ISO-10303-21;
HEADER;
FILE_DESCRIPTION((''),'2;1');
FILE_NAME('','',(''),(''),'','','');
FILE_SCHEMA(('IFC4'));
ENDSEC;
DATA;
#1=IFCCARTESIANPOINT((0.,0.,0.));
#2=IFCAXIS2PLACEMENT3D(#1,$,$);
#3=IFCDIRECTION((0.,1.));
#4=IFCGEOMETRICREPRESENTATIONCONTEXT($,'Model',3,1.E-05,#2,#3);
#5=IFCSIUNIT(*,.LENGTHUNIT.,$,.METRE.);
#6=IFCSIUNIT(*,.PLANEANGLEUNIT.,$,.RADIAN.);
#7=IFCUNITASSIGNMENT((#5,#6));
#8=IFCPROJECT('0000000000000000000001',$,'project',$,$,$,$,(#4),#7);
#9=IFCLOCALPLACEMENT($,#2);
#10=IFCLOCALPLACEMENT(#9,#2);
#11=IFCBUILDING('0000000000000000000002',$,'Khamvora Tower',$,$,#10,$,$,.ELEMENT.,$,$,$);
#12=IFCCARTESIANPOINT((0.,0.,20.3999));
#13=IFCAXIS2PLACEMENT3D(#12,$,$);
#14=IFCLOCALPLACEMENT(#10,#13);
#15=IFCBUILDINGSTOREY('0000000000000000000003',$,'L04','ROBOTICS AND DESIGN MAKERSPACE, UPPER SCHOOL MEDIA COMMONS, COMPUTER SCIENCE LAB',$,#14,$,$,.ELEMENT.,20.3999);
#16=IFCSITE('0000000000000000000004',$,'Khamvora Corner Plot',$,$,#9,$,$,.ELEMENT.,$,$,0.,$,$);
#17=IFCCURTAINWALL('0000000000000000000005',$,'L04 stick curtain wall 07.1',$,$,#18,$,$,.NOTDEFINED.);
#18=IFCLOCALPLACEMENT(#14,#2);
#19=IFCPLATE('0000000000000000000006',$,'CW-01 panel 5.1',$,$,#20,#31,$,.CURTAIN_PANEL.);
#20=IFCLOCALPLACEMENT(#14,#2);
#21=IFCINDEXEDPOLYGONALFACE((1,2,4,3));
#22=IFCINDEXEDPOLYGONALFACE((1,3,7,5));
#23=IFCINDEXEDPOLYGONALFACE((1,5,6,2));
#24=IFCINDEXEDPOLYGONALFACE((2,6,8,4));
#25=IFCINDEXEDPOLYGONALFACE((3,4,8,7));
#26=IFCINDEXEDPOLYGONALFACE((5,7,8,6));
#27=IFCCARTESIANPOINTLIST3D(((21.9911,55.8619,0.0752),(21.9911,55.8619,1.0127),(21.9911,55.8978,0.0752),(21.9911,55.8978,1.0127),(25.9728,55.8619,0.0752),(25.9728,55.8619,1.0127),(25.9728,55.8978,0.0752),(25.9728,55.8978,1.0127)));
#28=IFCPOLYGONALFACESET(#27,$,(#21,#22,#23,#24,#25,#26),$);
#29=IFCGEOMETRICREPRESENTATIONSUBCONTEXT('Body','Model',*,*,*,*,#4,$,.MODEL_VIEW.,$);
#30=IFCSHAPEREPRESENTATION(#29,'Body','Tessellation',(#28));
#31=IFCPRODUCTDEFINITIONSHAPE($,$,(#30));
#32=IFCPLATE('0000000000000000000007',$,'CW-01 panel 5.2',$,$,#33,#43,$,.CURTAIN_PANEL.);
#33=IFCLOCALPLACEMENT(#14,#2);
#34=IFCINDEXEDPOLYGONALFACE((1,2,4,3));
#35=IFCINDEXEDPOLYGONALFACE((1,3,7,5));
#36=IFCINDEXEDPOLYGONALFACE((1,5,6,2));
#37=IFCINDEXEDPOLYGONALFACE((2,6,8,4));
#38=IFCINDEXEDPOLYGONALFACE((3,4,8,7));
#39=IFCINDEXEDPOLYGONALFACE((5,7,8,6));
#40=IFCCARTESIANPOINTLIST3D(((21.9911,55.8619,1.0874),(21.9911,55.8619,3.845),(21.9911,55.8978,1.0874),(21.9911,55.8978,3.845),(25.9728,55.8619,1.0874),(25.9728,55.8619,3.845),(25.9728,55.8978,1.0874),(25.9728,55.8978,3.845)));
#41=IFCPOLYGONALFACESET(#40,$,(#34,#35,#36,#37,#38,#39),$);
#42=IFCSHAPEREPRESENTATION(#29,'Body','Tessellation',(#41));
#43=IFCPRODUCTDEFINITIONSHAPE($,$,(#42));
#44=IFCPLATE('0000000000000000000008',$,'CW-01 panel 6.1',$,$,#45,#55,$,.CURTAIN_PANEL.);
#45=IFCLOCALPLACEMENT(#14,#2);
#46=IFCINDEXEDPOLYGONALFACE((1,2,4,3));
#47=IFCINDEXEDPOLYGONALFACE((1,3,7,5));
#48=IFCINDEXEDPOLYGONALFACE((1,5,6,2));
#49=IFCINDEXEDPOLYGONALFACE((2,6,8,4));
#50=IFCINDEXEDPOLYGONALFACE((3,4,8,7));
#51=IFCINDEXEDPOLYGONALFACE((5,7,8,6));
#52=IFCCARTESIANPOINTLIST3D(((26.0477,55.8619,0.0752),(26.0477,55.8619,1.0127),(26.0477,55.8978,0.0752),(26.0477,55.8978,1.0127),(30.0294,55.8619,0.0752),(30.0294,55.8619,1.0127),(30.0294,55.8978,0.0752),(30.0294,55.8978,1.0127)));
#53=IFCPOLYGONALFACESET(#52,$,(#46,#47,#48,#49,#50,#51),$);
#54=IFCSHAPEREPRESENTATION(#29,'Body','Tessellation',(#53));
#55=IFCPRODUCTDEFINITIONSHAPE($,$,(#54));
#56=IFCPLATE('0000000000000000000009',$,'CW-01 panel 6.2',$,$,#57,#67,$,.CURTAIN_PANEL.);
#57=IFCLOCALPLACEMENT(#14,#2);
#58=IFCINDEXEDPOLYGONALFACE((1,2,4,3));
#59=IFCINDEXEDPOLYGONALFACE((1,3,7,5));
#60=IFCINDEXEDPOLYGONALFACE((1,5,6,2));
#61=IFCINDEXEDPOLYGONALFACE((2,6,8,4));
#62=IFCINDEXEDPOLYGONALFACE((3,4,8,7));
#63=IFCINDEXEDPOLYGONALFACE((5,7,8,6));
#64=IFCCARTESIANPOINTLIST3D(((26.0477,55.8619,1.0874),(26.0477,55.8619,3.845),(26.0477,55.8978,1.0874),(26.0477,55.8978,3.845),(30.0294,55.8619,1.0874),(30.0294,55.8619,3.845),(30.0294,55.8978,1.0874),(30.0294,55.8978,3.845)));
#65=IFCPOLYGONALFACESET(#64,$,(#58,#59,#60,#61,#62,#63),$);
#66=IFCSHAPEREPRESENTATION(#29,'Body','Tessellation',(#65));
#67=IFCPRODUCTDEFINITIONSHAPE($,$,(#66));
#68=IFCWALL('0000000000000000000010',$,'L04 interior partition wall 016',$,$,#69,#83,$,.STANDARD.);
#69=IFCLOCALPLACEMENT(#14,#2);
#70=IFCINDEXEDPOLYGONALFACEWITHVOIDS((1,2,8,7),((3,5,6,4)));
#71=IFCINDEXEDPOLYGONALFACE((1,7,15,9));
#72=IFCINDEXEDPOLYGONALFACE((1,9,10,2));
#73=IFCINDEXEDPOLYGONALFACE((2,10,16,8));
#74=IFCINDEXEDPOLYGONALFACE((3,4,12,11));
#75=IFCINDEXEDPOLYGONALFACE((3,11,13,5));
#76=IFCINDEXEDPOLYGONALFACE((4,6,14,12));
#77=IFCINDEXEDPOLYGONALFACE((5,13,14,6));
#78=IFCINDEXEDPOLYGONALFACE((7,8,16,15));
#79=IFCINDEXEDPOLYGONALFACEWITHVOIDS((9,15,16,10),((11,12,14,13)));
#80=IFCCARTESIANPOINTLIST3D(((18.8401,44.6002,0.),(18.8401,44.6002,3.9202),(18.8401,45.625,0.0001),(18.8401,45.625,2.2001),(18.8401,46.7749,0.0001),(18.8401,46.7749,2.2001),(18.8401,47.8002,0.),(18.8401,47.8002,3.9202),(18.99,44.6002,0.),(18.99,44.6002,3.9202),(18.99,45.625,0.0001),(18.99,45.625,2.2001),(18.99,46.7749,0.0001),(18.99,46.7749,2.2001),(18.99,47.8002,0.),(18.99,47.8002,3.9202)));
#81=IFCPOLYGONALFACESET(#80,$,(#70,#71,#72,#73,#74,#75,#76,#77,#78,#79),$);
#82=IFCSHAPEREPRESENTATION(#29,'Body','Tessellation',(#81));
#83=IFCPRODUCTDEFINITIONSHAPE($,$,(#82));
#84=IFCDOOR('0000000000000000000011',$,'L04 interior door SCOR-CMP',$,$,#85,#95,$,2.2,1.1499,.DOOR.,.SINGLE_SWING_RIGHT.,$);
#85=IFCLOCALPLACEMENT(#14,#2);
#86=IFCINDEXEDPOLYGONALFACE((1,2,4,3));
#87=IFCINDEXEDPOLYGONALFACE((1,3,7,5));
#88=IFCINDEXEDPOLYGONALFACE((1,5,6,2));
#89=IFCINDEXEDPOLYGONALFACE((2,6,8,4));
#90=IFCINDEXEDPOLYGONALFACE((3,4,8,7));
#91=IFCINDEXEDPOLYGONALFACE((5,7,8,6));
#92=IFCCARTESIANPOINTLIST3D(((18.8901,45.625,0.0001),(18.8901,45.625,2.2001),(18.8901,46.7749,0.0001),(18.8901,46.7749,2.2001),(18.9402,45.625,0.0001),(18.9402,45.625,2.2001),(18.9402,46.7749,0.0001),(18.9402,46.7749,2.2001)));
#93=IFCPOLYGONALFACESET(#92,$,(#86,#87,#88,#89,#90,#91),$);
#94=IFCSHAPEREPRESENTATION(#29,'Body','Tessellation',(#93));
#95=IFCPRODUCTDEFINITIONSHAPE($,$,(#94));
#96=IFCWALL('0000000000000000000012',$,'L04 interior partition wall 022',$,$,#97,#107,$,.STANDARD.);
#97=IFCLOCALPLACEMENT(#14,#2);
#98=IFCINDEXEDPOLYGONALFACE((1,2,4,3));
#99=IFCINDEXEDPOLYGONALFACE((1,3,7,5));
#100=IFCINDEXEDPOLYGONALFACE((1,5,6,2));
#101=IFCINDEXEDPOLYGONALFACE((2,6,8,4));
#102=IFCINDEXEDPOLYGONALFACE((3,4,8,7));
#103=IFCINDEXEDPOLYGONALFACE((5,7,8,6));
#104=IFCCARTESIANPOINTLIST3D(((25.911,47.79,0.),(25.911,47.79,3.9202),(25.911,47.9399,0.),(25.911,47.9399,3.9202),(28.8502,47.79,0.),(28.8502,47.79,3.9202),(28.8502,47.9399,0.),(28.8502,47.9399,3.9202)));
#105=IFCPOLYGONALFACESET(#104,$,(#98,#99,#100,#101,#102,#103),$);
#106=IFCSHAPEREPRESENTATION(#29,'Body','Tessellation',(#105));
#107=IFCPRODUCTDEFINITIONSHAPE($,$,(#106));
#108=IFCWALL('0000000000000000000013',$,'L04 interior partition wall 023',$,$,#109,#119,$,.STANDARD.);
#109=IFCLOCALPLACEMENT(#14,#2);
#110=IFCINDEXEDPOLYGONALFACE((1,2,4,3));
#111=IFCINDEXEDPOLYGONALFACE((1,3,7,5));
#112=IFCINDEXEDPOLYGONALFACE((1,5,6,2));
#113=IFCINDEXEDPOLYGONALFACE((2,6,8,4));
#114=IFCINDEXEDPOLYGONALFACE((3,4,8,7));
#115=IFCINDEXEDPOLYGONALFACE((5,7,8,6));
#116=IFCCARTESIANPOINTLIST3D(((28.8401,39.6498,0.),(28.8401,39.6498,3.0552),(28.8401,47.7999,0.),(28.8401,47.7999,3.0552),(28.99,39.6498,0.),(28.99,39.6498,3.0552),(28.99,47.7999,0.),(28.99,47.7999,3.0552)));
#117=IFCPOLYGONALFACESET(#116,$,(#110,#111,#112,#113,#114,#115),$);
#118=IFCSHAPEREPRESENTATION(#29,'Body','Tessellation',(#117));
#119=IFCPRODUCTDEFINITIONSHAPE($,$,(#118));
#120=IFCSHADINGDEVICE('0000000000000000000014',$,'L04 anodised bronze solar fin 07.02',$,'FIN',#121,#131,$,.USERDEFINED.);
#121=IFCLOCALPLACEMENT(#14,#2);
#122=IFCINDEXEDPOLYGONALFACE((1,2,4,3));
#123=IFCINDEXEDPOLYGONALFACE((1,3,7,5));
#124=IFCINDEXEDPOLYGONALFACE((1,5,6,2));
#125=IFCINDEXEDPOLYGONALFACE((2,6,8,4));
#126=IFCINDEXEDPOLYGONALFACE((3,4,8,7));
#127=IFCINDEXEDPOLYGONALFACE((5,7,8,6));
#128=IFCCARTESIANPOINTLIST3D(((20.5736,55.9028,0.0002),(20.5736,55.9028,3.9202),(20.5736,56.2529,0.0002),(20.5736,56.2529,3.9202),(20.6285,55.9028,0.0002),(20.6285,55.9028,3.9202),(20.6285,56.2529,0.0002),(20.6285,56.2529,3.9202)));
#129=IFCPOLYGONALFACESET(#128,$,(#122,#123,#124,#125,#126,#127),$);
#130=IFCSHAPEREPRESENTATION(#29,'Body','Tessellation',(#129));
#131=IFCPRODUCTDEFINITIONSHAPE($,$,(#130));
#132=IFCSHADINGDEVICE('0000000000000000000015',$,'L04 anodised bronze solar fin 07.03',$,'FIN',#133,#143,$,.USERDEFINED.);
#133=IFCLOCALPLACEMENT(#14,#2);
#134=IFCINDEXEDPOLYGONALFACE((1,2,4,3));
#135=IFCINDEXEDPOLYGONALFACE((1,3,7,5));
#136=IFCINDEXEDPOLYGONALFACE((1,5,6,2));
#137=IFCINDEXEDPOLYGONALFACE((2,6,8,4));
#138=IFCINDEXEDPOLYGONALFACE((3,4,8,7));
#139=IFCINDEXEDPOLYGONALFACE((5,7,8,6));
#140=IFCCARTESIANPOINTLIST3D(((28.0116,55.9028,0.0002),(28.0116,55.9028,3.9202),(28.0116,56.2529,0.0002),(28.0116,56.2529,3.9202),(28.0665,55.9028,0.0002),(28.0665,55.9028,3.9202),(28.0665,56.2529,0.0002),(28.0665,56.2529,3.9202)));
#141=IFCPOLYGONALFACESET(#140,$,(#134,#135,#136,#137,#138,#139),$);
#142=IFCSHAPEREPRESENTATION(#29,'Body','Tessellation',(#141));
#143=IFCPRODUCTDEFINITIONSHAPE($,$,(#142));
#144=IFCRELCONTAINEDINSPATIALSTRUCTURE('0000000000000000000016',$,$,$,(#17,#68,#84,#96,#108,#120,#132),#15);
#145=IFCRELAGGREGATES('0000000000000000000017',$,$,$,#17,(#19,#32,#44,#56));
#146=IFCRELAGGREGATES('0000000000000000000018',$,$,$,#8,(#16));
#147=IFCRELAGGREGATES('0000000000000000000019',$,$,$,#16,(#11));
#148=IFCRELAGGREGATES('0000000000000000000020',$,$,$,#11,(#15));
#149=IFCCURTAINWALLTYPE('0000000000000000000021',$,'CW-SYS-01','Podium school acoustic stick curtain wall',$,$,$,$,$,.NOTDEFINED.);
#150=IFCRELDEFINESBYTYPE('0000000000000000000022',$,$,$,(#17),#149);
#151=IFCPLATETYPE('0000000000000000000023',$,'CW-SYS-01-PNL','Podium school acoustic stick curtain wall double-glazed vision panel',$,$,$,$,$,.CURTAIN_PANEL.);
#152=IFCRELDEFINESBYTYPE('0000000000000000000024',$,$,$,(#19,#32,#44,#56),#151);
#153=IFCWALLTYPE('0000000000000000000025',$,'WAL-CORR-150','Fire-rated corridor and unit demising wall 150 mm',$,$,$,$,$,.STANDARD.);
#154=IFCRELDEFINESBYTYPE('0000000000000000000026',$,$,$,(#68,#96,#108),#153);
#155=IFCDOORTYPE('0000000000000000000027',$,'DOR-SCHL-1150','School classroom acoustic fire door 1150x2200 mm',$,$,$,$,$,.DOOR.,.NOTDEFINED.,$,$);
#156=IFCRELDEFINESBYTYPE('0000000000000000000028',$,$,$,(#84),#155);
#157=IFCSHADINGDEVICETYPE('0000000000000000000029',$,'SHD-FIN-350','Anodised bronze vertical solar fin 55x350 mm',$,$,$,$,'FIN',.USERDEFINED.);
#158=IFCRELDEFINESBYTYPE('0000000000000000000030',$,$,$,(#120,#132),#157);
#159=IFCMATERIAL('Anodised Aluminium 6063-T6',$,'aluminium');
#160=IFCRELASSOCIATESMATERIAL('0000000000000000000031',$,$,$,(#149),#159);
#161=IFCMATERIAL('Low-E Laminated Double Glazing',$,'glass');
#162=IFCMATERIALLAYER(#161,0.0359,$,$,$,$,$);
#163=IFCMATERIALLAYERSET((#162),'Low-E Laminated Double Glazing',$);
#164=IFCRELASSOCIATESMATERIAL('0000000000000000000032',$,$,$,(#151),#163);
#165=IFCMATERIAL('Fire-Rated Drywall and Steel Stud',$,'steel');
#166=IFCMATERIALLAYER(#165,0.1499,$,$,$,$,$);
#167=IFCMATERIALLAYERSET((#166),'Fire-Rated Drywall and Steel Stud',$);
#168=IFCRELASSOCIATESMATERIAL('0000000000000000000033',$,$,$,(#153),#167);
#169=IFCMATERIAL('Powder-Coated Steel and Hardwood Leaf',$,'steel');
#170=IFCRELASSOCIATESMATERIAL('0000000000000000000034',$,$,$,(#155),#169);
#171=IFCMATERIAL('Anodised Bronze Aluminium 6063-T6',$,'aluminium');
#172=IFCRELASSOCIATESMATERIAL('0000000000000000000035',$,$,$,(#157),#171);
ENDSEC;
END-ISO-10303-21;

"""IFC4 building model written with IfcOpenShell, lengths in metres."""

from ifc_helpers import new_model, si_unit, direction, frame, frame_2d, origin, origin_2d, place, context, subcontext, project, spatial, rectangle, extrude, material, layer, layer_set, type_object, element, fill, aggregate, save


model = new_model("IFC4")

# Units and contexts
model_context = context("Model", 3, precision=1e-05, world=origin(), true_north=direction((0.0, 1.0)))
body_context = subcontext(model_context, "Body", "Model", "MODEL_VIEW")
ifc_project = project(units=[si_unit("LENGTHUNIT", "METRE"), si_unit("PLANEANGLEUNIT", "RADIAN")], contexts=[model_context])

# Site, building, storey
site_placement = place(None, origin())
site = spatial("IfcSite", under=ifc_project, at=site_placement, Name="Khamvora Corner Plot", CompositionType="ELEMENT", RefElevation=0.0)
building_placement = place(site_placement, origin())
building = spatial("IfcBuilding", under=site, at=building_placement, Name="Khamvora Tower", CompositionType="ELEMENT")
storey_placement = place(building_placement, frame((0.0, 0.0, 20.3999)))
storey = spatial("IfcBuildingStorey", under=building, at=storey_placement, Name="L04", Description="ROBOTICS AND DESIGN MAKERSPACE, UPPER SCHOOL MEDIA COMMONS, COMPUTER SCIENCE LAB", CompositionType="ELEMENT", Elevation=20.3999)

# Curtain wall, plates
ifc_material_1 = material(Name="Anodised Aluminium 6063-T6", Category="aluminium")
curtain_wall_type = type_object("IfcCurtainWallType", Name="CW-SYS-01", Description="Podium school acoustic stick curtain wall", PredefinedType="NOTDEFINED", material=ifc_material_1)
curtain_wall_placement = place(storey_placement, origin())
curtain_wall = element("IfcCurtainWall", 1, at=curtain_wall_placement, inside=storey, type_object=curtain_wall_type, Name="L04 stick curtain wall 07.1", PredefinedType="NOTDEFINED")
ifc_material_2 = material(Name="Low-E Laminated Double Glazing", Category="glass")
ifc_layer_1 = layer(ifc_material_2, 0.0359)
ifc_layer_set_1 = layer_set([ifc_layer_1], Name="Low-E Laminated Double Glazing")
plate_type = type_object("IfcPlateType", Name="CW-SYS-01-PNL", Description="Podium school acoustic stick curtain wall double-glazed vision panel", PredefinedType="CURTAIN_PANEL", material=ifc_layer_set_1)
plate_1_placement = place(storey_placement, frame((23.9819, 55.8799, 0.0752), z_axis=(0.0, 0.0, 1.0), x_axis=(1.0, 0.0, 0.0)))
plate_1 = element("IfcPlate", 2, at=plate_1_placement, type_object=plate_type, Name="CW-01 panel 5.1", PredefinedType="CURTAIN_PANEL", context=body_context, shape_type="SweptSolid", body=[
    extrude(rectangle(XDim=3.9817, YDim=0.0359, at=origin_2d()), origin(), (0.0, 0.0, 1.0), 0.9375),
])
plate_2_placement = place(storey_placement, frame((23.9819, 55.8799, 1.0874), z_axis=(0.0, 0.0, 1.0), x_axis=(1.0, 0.0, 0.0)))
plate_2 = element("IfcPlate", 3, at=plate_2_placement, type_object=plate_type, Name="CW-01 panel 5.2", PredefinedType="CURTAIN_PANEL", context=body_context, shape_type="SweptSolid", body=[
    extrude(rectangle(XDim=3.9817, YDim=0.0359, at=origin_2d()), origin(), (0.0, 0.0, 1.0), 2.7576),
])
plate_3_placement = place(storey_placement, frame((28.0386, 55.8799, 0.0752), z_axis=(0.0, 0.0, 1.0), x_axis=(1.0, 0.0, 0.0)))
plate_3 = element("IfcPlate", 4, at=plate_3_placement, type_object=plate_type, Name="CW-01 panel 6.1", PredefinedType="CURTAIN_PANEL", context=body_context, shape_type="SweptSolid", body=[
    extrude(rectangle(XDim=3.9817, YDim=0.0359, at=origin_2d()), origin(), (0.0, 0.0, 1.0), 0.9375),
])
plate_4_placement = place(storey_placement, frame((28.0386, 55.8799, 1.0874), z_axis=(0.0, 0.0, 1.0), x_axis=(1.0, 0.0, 0.0)))
plate_4 = element("IfcPlate", 5, at=plate_4_placement, type_object=plate_type, Name="CW-01 panel 6.2", PredefinedType="CURTAIN_PANEL", context=body_context, shape_type="SweptSolid", body=[
    extrude(rectangle(XDim=3.9817, YDim=0.0359, at=origin_2d()), origin(), (0.0, 0.0, 1.0), 2.7576),
])
aggregate(curtain_wall, [plate_1, plate_2, plate_3, plate_4])

# Wall, opening, door
ifc_material_3 = material(Name="Fire-Rated Drywall and Steel Stud", Category="steel")
ifc_layer_2 = layer(ifc_material_3, 0.1499)
ifc_layer_set_2 = layer_set([ifc_layer_2], Name="Fire-Rated Drywall and Steel Stud")
wall_type = type_object("IfcWallType", Name="WAL-CORR-150", Description="Fire-rated corridor and unit demising wall 150 mm", PredefinedType="STANDARD", material=ifc_layer_set_2)
wall_1_placement = place(storey_placement, frame((18.915, 44.6001, 0.0), z_axis=(0.0, 0.0, 1.0), x_axis=(0.0, 1.0, 0.0)))
wall_1 = element("IfcWall", 6, at=wall_1_placement, inside=storey, type_object=wall_type, Name="L04 interior partition wall 016", PredefinedType="STANDARD", context=body_context, shape_type="SweptSolid", body=[
    extrude(rectangle(XDim=3.2, YDim=0.1499, at=frame_2d((1.6001, 0.0))), origin(), (0.0, 0.0, 1.0), 3.9202),
])
opening_placement = place(wall_1_placement, frame((1.0249, 0.0, 0.0)))
opening = element("IfcOpeningElement", 7, at=opening_placement, cuts=wall_1, PredefinedType="OPENING", context=body_context, shape_type="SweptSolid", body=[
    extrude(rectangle(XDim=1.1499, YDim=2.2, at=frame_2d((0.575, 1.1001))), frame((0.0, 0.085, 0.0), z_axis=(0.0, -1.0, 0.0), x_axis=(1.0, 0.0, 0.0)), (0.0, 0.0, 1.0), 0.1699),
])
ifc_material_4 = material(Name="Powder-Coated Steel and Hardwood Leaf", Category="steel")
door_type = type_object("IfcDoorType", Name="DOR-SCHL-1150", Description="School classroom acoustic fire door 1150x2200 mm", OperationType="NOTDEFINED", PredefinedType="DOOR", material=ifc_material_4)
door_placement = place(opening_placement, origin())
door = element("IfcDoor", 8, at=door_placement, inside=storey, type_object=door_type, Name="L04 interior door SCOR-CMP", OperationType="SINGLE_SWING_RIGHT", OverallHeight=2.2, OverallWidth=1.1499, PredefinedType="DOOR", context=body_context, shape_type="SweptSolid", body=[
    extrude(rectangle(XDim=1.1499, YDim=2.2, at=frame_2d((0.575, 1.1001))), frame((0.0, 0.0249, 0.0), z_axis=(0.0, -1.0, 0.0), x_axis=(1.0, 0.0, 0.0)), (0.0, 0.0, 1.0), 0.05),
])
fill(opening, door)

# Walls
wall_2_placement = place(storey_placement, frame((25.9109, 47.865, 0.0), z_axis=(0.0, 0.0, 1.0), x_axis=(1.0, 0.0, 0.0)))
element("IfcWall", 9, at=wall_2_placement, inside=storey, type_object=wall_type, Name="L04 interior partition wall 022", PredefinedType="STANDARD", context=body_context, shape_type="SweptSolid", body=[
    extrude(rectangle(XDim=2.9392, YDim=0.1499, at=frame_2d((1.4697, 0.0))), origin(), (0.0, 0.0, 1.0), 3.9202),
])
wall_3_placement = place(storey_placement, frame((28.915, 47.8, 0.0), z_axis=(0.0, 0.0, 1.0), x_axis=(0.0, -1.0, 0.0)))
element("IfcWall", 10, at=wall_3_placement, inside=storey, type_object=wall_type, Name="L04 interior partition wall 023", PredefinedType="STANDARD", context=body_context, shape_type="SweptSolid", body=[
    extrude(rectangle(XDim=8.1501, YDim=0.1499, at=frame_2d((4.0752, 0.0))), origin(), (0.0, 0.0, 1.0), 3.0552),
])

# Shading devices
ifc_material_5 = material(Name="Anodised Bronze Aluminium 6063-T6", Category="aluminium")
shading_device_type = type_object("IfcShadingDeviceType", Name="SHD-FIN-350", Description="Anodised bronze vertical solar fin 55x350 mm", ElementType="FIN", PredefinedType="USERDEFINED", material=ifc_material_5)
for number, where, z_axis, x_axis, name in (
    (11, (20.6011, 56.0779, 0.0002), (0.0, 0.0, 1.0), (1.0, 0.0, 0.0), "L04 anodised bronze solar fin 07.02"),
    (12, (28.0391, 56.0779, 0.0002), (0.0, 0.0, 1.0), (1.0, 0.0, 0.0), "L04 anodised bronze solar fin 07.03"),
):
    element("IfcShadingDevice", number, at=place(storey_placement, frame(where, z_axis=z_axis, x_axis=x_axis)), inside=storey, type_object=shading_device_type, Name=name, ObjectType="FIN", PredefinedType="USERDEFINED", context=body_context, shape_type="SweptSolid", body=[
        extrude(rectangle(XDim=0.0549, YDim=0.3501, at=origin_2d()), origin(), (0.0, 0.0, 1.0), 3.9199),
    ])

save(model, "model.ifc")
